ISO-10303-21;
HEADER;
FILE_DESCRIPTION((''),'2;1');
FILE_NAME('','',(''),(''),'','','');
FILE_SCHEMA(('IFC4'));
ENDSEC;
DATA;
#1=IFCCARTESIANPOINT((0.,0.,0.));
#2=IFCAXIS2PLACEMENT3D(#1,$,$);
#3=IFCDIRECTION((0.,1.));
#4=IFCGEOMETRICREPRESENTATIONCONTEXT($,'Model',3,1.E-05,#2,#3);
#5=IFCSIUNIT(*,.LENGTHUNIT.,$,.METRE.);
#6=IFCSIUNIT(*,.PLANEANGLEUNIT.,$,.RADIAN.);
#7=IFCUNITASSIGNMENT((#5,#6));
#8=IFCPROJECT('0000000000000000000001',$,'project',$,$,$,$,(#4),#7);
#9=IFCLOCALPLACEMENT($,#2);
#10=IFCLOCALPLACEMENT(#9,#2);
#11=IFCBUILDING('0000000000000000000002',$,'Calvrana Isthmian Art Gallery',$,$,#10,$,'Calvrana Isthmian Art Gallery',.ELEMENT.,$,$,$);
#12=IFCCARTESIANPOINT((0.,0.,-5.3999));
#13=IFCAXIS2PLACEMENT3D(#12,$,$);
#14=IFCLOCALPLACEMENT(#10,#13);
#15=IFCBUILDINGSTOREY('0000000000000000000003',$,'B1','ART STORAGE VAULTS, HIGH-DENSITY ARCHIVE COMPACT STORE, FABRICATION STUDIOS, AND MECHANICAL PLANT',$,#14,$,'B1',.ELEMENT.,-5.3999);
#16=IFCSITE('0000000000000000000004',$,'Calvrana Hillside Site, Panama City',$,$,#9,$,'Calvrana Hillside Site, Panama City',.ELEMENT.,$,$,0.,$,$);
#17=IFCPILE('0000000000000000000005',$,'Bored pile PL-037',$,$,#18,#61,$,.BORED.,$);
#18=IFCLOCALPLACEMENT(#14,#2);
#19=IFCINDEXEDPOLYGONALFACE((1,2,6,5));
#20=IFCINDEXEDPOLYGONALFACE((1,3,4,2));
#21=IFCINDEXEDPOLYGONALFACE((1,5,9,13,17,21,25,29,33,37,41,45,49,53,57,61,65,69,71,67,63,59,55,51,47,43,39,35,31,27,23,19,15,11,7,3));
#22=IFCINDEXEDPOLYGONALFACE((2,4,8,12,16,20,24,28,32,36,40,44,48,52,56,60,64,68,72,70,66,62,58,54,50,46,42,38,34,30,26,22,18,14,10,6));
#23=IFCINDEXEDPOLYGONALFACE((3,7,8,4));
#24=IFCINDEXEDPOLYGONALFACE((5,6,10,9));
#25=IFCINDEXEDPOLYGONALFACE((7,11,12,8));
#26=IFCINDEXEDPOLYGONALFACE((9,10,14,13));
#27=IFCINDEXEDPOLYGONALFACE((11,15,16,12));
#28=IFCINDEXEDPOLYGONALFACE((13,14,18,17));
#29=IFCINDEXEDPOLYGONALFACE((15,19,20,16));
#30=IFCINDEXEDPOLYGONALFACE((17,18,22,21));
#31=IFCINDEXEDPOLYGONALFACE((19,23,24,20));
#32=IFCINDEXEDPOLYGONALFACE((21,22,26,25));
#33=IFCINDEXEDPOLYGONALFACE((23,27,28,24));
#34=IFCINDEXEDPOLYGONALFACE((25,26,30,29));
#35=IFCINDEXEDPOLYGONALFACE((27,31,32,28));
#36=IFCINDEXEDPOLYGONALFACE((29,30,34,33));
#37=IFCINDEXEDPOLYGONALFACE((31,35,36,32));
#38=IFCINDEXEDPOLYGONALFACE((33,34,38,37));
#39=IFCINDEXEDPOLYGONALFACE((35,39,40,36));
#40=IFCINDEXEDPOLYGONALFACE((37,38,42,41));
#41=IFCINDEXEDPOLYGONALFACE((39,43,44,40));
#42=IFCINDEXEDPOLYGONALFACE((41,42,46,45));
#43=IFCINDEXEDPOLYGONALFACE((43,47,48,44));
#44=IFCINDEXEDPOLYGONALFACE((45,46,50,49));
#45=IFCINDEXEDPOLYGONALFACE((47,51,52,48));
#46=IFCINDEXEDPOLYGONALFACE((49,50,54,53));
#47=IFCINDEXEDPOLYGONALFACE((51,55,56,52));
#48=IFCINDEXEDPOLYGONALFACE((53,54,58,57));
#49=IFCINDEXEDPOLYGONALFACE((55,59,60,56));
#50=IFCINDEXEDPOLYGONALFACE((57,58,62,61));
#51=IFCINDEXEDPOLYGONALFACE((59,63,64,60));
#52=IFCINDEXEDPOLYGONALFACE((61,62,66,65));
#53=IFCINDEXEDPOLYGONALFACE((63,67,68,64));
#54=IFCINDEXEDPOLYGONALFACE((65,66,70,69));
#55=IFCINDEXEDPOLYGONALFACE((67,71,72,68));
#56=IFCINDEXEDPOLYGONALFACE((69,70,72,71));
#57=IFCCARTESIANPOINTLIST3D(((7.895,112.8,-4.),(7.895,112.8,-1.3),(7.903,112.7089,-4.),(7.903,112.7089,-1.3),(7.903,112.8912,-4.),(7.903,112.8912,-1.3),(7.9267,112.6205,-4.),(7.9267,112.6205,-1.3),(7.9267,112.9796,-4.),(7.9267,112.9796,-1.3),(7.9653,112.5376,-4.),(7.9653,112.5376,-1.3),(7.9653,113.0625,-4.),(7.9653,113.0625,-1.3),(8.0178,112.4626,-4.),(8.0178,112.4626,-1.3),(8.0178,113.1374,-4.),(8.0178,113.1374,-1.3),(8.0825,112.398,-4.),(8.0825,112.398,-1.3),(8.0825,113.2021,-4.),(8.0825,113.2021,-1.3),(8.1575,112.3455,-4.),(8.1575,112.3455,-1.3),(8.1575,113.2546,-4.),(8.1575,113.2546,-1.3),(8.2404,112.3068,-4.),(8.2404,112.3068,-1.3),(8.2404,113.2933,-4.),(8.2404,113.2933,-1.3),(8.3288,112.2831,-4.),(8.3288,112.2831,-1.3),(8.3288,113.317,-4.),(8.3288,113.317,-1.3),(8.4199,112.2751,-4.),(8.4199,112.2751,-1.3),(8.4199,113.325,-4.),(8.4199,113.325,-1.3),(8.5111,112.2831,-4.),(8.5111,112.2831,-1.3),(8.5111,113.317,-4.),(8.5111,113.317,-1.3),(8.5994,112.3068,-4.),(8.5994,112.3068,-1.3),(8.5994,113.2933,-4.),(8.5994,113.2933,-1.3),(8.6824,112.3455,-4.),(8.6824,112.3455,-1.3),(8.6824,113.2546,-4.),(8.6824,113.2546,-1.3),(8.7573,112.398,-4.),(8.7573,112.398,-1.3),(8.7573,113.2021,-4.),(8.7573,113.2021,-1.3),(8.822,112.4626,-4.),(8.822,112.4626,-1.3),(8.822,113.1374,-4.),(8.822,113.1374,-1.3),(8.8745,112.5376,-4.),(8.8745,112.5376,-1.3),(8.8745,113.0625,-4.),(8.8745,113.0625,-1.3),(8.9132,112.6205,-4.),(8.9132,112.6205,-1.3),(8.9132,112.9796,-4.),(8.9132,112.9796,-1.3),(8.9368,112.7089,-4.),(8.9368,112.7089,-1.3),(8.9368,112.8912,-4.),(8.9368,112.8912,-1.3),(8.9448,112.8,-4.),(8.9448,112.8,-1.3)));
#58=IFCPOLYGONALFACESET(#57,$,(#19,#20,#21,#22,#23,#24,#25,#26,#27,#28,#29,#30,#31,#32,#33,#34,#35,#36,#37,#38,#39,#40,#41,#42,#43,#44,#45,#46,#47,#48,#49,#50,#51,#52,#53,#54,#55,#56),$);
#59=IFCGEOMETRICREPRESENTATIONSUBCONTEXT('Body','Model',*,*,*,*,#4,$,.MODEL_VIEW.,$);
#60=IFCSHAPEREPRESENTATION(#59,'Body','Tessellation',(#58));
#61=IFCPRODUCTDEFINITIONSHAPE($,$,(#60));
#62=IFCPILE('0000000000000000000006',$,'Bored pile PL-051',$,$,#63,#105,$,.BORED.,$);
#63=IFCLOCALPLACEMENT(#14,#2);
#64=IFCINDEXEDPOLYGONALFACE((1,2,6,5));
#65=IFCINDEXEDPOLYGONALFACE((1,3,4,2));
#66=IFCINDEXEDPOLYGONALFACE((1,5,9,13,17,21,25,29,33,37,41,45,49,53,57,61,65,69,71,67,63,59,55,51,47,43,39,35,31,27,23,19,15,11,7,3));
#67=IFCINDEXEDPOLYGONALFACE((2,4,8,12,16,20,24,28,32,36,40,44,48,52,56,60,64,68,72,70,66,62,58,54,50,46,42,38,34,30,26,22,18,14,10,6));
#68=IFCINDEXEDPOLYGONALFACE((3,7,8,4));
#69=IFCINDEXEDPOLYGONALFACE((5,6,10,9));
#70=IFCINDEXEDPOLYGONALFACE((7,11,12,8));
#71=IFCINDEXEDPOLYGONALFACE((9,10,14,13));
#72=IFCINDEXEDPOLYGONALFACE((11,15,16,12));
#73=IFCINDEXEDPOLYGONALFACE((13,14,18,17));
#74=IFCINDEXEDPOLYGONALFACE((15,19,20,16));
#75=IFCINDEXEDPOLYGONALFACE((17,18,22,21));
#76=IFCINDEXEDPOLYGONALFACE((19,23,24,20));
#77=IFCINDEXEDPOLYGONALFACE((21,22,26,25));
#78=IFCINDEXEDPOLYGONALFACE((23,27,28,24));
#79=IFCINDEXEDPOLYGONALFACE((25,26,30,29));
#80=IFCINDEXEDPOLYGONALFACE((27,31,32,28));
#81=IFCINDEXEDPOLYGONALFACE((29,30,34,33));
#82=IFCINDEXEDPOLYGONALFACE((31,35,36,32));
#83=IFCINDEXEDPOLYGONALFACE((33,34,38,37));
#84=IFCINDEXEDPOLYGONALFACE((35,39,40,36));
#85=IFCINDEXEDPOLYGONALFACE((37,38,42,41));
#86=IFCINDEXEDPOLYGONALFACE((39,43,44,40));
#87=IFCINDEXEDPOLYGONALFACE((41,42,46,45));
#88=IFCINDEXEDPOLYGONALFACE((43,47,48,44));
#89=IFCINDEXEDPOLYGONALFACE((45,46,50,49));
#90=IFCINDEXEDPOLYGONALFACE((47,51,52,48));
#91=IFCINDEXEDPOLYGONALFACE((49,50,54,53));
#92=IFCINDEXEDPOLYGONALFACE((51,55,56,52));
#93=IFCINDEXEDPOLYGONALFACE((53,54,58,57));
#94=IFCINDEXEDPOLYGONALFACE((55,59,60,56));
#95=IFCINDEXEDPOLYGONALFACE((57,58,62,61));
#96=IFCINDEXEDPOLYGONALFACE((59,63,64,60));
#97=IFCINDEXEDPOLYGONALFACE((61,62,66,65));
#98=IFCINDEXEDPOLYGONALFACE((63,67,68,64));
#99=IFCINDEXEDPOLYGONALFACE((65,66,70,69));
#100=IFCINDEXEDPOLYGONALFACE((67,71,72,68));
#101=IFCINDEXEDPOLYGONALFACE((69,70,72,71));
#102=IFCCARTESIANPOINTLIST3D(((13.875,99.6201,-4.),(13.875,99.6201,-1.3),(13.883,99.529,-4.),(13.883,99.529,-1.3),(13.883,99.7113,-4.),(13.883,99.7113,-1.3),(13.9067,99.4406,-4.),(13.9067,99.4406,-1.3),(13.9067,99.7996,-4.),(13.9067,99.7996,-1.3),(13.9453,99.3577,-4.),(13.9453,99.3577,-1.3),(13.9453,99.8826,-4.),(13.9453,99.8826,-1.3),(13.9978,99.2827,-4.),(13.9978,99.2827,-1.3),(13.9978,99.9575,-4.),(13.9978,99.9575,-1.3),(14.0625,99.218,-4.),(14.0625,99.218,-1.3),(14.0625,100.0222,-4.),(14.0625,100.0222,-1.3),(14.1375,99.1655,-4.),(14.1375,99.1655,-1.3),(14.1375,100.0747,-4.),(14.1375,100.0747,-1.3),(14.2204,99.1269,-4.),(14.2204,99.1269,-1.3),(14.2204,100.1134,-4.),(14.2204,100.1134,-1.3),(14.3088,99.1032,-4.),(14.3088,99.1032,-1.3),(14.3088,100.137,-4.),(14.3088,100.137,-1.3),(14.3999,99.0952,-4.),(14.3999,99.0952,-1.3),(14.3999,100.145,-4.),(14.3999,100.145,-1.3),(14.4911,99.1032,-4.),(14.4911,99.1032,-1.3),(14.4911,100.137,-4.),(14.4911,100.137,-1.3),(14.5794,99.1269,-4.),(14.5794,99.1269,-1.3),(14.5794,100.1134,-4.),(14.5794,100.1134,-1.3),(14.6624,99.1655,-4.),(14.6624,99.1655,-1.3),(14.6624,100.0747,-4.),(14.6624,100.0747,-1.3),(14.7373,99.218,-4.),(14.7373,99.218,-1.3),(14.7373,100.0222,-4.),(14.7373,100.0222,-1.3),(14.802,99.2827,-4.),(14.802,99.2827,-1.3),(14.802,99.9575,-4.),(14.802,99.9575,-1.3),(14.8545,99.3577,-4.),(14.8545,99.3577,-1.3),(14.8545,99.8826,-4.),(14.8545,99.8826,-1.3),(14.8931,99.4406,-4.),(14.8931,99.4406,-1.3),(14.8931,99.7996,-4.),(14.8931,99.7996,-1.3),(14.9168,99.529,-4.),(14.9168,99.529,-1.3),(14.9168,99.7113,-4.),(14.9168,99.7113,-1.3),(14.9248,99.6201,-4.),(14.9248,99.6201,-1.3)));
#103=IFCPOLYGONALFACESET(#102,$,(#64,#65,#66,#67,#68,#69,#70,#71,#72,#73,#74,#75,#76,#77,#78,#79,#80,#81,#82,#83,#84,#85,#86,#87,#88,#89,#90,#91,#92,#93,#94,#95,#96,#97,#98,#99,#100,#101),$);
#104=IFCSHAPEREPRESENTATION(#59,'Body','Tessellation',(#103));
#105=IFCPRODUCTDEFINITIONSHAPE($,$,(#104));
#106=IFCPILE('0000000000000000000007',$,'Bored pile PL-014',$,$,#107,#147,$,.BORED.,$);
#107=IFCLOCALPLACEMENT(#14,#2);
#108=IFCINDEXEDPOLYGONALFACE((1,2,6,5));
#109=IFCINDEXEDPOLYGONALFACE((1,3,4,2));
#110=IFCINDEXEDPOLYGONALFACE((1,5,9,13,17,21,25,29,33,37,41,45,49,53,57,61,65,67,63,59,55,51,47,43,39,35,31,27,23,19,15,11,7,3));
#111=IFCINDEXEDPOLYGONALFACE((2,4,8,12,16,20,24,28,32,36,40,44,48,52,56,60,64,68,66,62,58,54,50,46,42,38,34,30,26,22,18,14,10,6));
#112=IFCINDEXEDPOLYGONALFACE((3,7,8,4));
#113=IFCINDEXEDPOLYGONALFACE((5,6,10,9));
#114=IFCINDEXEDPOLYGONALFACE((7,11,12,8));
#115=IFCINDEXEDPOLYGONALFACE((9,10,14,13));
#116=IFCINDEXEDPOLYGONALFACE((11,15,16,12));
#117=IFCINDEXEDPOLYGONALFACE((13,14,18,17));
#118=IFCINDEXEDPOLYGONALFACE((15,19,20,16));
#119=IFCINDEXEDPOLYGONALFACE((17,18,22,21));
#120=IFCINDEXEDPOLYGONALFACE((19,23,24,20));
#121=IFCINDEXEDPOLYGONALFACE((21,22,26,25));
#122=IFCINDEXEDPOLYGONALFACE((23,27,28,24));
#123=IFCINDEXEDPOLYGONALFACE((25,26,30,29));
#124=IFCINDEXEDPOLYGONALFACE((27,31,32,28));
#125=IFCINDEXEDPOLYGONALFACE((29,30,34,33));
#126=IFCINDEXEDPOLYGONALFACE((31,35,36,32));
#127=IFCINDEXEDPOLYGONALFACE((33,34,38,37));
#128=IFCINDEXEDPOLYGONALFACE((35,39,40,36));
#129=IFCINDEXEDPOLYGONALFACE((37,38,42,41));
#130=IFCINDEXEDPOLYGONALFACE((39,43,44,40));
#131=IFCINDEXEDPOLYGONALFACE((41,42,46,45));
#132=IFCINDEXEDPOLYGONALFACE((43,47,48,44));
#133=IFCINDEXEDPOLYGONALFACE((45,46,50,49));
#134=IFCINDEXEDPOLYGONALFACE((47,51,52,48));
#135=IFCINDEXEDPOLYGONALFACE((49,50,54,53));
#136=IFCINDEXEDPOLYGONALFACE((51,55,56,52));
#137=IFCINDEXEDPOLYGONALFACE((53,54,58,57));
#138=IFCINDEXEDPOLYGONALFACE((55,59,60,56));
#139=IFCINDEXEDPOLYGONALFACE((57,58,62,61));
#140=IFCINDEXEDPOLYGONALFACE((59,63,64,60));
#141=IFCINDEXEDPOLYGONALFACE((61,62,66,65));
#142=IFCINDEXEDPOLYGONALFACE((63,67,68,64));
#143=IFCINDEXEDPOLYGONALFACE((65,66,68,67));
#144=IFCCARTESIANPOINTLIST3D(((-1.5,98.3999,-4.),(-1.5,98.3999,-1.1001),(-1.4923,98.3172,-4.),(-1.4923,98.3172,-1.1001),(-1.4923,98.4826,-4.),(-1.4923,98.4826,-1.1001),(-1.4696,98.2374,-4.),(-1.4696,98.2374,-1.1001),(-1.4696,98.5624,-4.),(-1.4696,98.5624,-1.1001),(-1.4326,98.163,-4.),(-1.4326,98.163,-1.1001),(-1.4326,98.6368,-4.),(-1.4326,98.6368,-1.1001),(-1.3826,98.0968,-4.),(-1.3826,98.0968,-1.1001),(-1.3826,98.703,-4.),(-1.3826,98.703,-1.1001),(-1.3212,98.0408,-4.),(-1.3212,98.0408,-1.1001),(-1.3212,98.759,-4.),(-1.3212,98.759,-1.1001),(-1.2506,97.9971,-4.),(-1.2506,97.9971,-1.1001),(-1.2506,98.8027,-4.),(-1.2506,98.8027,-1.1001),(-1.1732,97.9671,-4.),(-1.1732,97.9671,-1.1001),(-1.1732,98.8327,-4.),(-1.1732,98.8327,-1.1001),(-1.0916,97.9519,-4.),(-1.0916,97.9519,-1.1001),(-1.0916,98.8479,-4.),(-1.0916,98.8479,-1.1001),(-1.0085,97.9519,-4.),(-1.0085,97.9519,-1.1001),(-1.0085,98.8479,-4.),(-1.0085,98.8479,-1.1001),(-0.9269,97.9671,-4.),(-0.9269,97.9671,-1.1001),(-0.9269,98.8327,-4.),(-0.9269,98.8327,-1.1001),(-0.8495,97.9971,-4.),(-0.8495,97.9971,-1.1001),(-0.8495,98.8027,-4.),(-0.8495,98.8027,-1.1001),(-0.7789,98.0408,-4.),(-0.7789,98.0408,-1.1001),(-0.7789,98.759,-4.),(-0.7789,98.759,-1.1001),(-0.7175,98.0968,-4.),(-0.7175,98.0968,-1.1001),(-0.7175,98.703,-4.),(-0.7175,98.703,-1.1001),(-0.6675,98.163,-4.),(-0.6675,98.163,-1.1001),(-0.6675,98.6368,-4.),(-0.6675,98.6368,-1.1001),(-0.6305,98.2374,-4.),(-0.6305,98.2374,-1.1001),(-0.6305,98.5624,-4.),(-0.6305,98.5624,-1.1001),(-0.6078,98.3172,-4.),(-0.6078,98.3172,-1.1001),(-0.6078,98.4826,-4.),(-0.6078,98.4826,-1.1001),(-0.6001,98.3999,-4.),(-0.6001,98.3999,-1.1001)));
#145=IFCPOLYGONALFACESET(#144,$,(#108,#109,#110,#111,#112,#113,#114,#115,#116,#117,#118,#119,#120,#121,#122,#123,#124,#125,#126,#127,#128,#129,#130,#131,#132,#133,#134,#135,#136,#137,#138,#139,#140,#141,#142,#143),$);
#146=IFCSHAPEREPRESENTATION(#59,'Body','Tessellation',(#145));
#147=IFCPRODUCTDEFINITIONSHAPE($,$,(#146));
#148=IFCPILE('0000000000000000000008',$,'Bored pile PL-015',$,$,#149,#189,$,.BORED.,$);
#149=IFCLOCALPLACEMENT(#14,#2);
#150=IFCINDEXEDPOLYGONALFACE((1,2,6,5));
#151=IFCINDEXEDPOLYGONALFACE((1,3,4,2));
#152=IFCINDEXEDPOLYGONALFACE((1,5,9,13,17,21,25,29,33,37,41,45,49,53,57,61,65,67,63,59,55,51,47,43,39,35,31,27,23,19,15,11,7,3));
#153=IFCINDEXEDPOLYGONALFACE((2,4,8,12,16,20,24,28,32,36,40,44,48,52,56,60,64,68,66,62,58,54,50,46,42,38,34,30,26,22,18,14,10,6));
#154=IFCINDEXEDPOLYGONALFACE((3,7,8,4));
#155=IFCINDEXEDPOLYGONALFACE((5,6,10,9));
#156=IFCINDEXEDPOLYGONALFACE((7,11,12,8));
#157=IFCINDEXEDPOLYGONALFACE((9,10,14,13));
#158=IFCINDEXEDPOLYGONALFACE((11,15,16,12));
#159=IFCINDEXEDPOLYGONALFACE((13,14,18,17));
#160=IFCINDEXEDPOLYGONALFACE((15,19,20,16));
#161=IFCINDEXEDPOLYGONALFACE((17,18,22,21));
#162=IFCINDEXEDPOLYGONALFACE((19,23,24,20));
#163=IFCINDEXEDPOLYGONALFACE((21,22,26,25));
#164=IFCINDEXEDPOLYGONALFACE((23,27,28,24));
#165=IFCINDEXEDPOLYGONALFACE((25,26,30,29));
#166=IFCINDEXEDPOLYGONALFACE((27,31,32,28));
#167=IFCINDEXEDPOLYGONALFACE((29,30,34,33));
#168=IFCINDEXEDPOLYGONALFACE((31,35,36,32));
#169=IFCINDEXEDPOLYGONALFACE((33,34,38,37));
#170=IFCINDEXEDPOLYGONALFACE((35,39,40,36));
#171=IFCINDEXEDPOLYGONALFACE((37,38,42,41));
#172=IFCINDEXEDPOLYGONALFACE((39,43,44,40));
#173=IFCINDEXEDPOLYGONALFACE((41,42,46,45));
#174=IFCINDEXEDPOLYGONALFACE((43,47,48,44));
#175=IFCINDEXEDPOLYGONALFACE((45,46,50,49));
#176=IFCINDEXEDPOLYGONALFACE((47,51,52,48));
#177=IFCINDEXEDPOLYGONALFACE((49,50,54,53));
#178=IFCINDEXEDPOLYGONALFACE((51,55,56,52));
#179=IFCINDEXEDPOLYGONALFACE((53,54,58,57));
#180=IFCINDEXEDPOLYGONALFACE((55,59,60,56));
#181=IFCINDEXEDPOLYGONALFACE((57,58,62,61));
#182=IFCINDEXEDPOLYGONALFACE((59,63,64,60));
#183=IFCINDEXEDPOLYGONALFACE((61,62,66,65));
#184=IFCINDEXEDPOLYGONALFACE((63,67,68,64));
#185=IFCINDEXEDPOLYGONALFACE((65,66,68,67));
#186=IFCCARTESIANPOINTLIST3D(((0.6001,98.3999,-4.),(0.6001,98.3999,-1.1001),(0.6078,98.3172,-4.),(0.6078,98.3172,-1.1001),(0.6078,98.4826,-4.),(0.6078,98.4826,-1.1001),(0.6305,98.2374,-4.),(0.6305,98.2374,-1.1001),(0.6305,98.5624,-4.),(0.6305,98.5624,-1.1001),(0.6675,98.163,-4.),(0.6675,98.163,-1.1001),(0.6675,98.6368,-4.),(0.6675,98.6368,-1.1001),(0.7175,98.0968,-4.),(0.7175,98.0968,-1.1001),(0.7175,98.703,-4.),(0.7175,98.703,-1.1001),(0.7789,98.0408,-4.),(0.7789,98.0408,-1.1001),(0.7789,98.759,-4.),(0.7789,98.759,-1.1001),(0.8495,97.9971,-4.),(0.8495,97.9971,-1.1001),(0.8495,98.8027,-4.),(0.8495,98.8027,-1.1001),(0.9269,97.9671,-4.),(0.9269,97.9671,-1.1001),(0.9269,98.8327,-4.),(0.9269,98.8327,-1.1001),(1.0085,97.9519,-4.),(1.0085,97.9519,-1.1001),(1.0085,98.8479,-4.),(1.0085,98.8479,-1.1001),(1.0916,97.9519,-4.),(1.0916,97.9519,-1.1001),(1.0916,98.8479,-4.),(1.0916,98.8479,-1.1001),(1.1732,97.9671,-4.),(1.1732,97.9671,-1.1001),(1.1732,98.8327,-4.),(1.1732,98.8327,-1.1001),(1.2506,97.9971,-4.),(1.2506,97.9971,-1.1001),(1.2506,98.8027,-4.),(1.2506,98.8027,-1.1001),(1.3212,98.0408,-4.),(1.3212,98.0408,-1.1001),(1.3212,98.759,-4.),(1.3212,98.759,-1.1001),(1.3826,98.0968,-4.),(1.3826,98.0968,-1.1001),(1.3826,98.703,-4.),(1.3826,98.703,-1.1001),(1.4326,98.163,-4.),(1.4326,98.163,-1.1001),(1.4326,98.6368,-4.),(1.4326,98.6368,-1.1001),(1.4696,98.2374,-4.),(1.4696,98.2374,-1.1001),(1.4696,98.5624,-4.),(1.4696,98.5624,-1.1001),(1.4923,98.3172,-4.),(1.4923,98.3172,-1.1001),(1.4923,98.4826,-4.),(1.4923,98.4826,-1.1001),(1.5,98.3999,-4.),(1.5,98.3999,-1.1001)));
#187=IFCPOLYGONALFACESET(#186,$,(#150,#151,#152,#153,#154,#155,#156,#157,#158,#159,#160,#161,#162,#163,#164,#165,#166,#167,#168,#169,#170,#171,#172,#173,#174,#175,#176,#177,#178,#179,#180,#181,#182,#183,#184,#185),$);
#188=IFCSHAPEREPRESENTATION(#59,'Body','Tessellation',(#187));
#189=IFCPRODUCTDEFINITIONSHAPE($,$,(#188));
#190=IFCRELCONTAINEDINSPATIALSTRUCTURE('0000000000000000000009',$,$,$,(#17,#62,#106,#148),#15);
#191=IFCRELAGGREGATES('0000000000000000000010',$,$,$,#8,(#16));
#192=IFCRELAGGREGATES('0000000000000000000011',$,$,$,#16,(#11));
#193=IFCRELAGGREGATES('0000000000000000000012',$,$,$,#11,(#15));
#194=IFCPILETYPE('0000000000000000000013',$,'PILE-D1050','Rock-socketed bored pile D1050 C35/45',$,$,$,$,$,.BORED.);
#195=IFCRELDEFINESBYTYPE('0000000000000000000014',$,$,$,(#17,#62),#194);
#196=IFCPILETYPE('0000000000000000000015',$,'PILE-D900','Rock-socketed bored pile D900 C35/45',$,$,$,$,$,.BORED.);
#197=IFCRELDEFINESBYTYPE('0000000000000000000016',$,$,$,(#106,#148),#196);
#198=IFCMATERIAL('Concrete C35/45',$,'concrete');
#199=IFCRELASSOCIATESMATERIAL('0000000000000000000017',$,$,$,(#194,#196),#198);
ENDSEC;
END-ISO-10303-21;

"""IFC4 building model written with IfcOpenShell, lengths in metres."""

from ifc_helpers import new_model, si_unit, direction, frame, origin, origin_2d, place, context, subcontext, project, spatial, circle, extrude, material, material_profile, profile_set, type_object, element, save


model = new_model("IFC4")

# Units and contexts
model_context = context("Model", 3, precision=1e-05, world=origin(), true_north=direction((0.0, 1.0)))
body_context = subcontext(model_context, "Body", "Model", "MODEL_VIEW")
ifc_project = project(units=[si_unit("LENGTHUNIT", "METRE"), si_unit("PLANEANGLEUNIT", "RADIAN")], contexts=[model_context])

# Site, building, storey
site_placement = place(None, origin())
site = spatial("IfcSite", under=ifc_project, at=site_placement, Name="Calvrana Hillside Site, Panama City", LongName="Calvrana Hillside Site, Panama City", CompositionType="ELEMENT", RefElevation=0.0)
building_placement = place(site_placement, origin())
building = spatial("IfcBuilding", under=site, at=building_placement, Name="Calvrana Isthmian Art Gallery", LongName="Calvrana Isthmian Art Gallery", CompositionType="ELEMENT")
storey_placement = place(building_placement, frame((0.0, 0.0, -5.3999)))
storey = spatial("IfcBuildingStorey", under=building, at=storey_placement, Name="B1", Description="ART STORAGE VAULTS, HIGH-DENSITY ARCHIVE COMPACT STORE, FABRICATION STUDIOS, AND MECHANICAL PLANT", LongName="B1", CompositionType="ELEMENT", Elevation=-5.3999)

# Shared definitions
ifc_material_1 = material(Name="Concrete C35/45", Category="concrete")

# Piles
ifc_material_profile_1 = material_profile(ifc_material_1, circle(Radius=0.5249, at=origin_2d()), Name="PILE1050D")
ifc_profile_set_1 = profile_set([ifc_material_profile_1], Name="Concrete C35/45")
pile_type_1 = type_object("IfcPileType", Name="PILE-D1050", Description="Rock-socketed bored pile D1050 C35/45", PredefinedType="BORED", material=ifc_profile_set_1)
for number, where, z_axis, x_axis, name in (
    (1, (8.4199, 112.8, -1.3), (0.0, 0.0, -1.0), (1.0, 0.0, 0.0), "Bored pile PL-037"),
    (2, (14.3999, 99.6201, -1.3), (0.0, 0.0, -1.0), (1.0, 0.0, 0.0), "Bored pile PL-051"),
):
    element("IfcPile", number, at=place(storey_placement, frame(where, z_axis=z_axis, x_axis=x_axis)), inside=storey, type_object=pile_type_1, Name=name, PredefinedType="BORED", context=body_context, shape_type="SweptSolid", body=[
        extrude(circle(Radius=0.5249, at=origin_2d()), origin(), (0.0, 0.0, 1.0), 2.7),
    ])
ifc_material_profile_2 = material_profile(ifc_material_1, circle(Radius=0.45, at=origin_2d()), Name="PILE900D")
ifc_profile_set_2 = profile_set([ifc_material_profile_2], Name="Concrete C35/45")
pile_type_2 = type_object("IfcPileType", Name="PILE-D900", Description="Rock-socketed bored pile D900 C35/45", PredefinedType="BORED", material=ifc_profile_set_2)
for number, where, z_axis, x_axis, name in (
    (3, (-1.05, 98.3999, -1.1001), (0.0, 0.0, -1.0), (1.0, 0.0, 0.0), "Bored pile PL-014"),
    (4, (1.05, 98.3999, -1.1001), (0.0, 0.0, -1.0), (1.0, 0.0, 0.0), "Bored pile PL-015"),
):
    element("IfcPile", number, at=place(storey_placement, frame(where, z_axis=z_axis, x_axis=x_axis)), inside=storey, type_object=pile_type_2, Name=name, PredefinedType="BORED", context=body_context, shape_type="SweptSolid", body=[
        extrude(circle(Radius=0.45, at=origin_2d()), origin(), (0.0, 0.0, 1.0), 2.8999),
    ])

save(model, "model.ifc")
